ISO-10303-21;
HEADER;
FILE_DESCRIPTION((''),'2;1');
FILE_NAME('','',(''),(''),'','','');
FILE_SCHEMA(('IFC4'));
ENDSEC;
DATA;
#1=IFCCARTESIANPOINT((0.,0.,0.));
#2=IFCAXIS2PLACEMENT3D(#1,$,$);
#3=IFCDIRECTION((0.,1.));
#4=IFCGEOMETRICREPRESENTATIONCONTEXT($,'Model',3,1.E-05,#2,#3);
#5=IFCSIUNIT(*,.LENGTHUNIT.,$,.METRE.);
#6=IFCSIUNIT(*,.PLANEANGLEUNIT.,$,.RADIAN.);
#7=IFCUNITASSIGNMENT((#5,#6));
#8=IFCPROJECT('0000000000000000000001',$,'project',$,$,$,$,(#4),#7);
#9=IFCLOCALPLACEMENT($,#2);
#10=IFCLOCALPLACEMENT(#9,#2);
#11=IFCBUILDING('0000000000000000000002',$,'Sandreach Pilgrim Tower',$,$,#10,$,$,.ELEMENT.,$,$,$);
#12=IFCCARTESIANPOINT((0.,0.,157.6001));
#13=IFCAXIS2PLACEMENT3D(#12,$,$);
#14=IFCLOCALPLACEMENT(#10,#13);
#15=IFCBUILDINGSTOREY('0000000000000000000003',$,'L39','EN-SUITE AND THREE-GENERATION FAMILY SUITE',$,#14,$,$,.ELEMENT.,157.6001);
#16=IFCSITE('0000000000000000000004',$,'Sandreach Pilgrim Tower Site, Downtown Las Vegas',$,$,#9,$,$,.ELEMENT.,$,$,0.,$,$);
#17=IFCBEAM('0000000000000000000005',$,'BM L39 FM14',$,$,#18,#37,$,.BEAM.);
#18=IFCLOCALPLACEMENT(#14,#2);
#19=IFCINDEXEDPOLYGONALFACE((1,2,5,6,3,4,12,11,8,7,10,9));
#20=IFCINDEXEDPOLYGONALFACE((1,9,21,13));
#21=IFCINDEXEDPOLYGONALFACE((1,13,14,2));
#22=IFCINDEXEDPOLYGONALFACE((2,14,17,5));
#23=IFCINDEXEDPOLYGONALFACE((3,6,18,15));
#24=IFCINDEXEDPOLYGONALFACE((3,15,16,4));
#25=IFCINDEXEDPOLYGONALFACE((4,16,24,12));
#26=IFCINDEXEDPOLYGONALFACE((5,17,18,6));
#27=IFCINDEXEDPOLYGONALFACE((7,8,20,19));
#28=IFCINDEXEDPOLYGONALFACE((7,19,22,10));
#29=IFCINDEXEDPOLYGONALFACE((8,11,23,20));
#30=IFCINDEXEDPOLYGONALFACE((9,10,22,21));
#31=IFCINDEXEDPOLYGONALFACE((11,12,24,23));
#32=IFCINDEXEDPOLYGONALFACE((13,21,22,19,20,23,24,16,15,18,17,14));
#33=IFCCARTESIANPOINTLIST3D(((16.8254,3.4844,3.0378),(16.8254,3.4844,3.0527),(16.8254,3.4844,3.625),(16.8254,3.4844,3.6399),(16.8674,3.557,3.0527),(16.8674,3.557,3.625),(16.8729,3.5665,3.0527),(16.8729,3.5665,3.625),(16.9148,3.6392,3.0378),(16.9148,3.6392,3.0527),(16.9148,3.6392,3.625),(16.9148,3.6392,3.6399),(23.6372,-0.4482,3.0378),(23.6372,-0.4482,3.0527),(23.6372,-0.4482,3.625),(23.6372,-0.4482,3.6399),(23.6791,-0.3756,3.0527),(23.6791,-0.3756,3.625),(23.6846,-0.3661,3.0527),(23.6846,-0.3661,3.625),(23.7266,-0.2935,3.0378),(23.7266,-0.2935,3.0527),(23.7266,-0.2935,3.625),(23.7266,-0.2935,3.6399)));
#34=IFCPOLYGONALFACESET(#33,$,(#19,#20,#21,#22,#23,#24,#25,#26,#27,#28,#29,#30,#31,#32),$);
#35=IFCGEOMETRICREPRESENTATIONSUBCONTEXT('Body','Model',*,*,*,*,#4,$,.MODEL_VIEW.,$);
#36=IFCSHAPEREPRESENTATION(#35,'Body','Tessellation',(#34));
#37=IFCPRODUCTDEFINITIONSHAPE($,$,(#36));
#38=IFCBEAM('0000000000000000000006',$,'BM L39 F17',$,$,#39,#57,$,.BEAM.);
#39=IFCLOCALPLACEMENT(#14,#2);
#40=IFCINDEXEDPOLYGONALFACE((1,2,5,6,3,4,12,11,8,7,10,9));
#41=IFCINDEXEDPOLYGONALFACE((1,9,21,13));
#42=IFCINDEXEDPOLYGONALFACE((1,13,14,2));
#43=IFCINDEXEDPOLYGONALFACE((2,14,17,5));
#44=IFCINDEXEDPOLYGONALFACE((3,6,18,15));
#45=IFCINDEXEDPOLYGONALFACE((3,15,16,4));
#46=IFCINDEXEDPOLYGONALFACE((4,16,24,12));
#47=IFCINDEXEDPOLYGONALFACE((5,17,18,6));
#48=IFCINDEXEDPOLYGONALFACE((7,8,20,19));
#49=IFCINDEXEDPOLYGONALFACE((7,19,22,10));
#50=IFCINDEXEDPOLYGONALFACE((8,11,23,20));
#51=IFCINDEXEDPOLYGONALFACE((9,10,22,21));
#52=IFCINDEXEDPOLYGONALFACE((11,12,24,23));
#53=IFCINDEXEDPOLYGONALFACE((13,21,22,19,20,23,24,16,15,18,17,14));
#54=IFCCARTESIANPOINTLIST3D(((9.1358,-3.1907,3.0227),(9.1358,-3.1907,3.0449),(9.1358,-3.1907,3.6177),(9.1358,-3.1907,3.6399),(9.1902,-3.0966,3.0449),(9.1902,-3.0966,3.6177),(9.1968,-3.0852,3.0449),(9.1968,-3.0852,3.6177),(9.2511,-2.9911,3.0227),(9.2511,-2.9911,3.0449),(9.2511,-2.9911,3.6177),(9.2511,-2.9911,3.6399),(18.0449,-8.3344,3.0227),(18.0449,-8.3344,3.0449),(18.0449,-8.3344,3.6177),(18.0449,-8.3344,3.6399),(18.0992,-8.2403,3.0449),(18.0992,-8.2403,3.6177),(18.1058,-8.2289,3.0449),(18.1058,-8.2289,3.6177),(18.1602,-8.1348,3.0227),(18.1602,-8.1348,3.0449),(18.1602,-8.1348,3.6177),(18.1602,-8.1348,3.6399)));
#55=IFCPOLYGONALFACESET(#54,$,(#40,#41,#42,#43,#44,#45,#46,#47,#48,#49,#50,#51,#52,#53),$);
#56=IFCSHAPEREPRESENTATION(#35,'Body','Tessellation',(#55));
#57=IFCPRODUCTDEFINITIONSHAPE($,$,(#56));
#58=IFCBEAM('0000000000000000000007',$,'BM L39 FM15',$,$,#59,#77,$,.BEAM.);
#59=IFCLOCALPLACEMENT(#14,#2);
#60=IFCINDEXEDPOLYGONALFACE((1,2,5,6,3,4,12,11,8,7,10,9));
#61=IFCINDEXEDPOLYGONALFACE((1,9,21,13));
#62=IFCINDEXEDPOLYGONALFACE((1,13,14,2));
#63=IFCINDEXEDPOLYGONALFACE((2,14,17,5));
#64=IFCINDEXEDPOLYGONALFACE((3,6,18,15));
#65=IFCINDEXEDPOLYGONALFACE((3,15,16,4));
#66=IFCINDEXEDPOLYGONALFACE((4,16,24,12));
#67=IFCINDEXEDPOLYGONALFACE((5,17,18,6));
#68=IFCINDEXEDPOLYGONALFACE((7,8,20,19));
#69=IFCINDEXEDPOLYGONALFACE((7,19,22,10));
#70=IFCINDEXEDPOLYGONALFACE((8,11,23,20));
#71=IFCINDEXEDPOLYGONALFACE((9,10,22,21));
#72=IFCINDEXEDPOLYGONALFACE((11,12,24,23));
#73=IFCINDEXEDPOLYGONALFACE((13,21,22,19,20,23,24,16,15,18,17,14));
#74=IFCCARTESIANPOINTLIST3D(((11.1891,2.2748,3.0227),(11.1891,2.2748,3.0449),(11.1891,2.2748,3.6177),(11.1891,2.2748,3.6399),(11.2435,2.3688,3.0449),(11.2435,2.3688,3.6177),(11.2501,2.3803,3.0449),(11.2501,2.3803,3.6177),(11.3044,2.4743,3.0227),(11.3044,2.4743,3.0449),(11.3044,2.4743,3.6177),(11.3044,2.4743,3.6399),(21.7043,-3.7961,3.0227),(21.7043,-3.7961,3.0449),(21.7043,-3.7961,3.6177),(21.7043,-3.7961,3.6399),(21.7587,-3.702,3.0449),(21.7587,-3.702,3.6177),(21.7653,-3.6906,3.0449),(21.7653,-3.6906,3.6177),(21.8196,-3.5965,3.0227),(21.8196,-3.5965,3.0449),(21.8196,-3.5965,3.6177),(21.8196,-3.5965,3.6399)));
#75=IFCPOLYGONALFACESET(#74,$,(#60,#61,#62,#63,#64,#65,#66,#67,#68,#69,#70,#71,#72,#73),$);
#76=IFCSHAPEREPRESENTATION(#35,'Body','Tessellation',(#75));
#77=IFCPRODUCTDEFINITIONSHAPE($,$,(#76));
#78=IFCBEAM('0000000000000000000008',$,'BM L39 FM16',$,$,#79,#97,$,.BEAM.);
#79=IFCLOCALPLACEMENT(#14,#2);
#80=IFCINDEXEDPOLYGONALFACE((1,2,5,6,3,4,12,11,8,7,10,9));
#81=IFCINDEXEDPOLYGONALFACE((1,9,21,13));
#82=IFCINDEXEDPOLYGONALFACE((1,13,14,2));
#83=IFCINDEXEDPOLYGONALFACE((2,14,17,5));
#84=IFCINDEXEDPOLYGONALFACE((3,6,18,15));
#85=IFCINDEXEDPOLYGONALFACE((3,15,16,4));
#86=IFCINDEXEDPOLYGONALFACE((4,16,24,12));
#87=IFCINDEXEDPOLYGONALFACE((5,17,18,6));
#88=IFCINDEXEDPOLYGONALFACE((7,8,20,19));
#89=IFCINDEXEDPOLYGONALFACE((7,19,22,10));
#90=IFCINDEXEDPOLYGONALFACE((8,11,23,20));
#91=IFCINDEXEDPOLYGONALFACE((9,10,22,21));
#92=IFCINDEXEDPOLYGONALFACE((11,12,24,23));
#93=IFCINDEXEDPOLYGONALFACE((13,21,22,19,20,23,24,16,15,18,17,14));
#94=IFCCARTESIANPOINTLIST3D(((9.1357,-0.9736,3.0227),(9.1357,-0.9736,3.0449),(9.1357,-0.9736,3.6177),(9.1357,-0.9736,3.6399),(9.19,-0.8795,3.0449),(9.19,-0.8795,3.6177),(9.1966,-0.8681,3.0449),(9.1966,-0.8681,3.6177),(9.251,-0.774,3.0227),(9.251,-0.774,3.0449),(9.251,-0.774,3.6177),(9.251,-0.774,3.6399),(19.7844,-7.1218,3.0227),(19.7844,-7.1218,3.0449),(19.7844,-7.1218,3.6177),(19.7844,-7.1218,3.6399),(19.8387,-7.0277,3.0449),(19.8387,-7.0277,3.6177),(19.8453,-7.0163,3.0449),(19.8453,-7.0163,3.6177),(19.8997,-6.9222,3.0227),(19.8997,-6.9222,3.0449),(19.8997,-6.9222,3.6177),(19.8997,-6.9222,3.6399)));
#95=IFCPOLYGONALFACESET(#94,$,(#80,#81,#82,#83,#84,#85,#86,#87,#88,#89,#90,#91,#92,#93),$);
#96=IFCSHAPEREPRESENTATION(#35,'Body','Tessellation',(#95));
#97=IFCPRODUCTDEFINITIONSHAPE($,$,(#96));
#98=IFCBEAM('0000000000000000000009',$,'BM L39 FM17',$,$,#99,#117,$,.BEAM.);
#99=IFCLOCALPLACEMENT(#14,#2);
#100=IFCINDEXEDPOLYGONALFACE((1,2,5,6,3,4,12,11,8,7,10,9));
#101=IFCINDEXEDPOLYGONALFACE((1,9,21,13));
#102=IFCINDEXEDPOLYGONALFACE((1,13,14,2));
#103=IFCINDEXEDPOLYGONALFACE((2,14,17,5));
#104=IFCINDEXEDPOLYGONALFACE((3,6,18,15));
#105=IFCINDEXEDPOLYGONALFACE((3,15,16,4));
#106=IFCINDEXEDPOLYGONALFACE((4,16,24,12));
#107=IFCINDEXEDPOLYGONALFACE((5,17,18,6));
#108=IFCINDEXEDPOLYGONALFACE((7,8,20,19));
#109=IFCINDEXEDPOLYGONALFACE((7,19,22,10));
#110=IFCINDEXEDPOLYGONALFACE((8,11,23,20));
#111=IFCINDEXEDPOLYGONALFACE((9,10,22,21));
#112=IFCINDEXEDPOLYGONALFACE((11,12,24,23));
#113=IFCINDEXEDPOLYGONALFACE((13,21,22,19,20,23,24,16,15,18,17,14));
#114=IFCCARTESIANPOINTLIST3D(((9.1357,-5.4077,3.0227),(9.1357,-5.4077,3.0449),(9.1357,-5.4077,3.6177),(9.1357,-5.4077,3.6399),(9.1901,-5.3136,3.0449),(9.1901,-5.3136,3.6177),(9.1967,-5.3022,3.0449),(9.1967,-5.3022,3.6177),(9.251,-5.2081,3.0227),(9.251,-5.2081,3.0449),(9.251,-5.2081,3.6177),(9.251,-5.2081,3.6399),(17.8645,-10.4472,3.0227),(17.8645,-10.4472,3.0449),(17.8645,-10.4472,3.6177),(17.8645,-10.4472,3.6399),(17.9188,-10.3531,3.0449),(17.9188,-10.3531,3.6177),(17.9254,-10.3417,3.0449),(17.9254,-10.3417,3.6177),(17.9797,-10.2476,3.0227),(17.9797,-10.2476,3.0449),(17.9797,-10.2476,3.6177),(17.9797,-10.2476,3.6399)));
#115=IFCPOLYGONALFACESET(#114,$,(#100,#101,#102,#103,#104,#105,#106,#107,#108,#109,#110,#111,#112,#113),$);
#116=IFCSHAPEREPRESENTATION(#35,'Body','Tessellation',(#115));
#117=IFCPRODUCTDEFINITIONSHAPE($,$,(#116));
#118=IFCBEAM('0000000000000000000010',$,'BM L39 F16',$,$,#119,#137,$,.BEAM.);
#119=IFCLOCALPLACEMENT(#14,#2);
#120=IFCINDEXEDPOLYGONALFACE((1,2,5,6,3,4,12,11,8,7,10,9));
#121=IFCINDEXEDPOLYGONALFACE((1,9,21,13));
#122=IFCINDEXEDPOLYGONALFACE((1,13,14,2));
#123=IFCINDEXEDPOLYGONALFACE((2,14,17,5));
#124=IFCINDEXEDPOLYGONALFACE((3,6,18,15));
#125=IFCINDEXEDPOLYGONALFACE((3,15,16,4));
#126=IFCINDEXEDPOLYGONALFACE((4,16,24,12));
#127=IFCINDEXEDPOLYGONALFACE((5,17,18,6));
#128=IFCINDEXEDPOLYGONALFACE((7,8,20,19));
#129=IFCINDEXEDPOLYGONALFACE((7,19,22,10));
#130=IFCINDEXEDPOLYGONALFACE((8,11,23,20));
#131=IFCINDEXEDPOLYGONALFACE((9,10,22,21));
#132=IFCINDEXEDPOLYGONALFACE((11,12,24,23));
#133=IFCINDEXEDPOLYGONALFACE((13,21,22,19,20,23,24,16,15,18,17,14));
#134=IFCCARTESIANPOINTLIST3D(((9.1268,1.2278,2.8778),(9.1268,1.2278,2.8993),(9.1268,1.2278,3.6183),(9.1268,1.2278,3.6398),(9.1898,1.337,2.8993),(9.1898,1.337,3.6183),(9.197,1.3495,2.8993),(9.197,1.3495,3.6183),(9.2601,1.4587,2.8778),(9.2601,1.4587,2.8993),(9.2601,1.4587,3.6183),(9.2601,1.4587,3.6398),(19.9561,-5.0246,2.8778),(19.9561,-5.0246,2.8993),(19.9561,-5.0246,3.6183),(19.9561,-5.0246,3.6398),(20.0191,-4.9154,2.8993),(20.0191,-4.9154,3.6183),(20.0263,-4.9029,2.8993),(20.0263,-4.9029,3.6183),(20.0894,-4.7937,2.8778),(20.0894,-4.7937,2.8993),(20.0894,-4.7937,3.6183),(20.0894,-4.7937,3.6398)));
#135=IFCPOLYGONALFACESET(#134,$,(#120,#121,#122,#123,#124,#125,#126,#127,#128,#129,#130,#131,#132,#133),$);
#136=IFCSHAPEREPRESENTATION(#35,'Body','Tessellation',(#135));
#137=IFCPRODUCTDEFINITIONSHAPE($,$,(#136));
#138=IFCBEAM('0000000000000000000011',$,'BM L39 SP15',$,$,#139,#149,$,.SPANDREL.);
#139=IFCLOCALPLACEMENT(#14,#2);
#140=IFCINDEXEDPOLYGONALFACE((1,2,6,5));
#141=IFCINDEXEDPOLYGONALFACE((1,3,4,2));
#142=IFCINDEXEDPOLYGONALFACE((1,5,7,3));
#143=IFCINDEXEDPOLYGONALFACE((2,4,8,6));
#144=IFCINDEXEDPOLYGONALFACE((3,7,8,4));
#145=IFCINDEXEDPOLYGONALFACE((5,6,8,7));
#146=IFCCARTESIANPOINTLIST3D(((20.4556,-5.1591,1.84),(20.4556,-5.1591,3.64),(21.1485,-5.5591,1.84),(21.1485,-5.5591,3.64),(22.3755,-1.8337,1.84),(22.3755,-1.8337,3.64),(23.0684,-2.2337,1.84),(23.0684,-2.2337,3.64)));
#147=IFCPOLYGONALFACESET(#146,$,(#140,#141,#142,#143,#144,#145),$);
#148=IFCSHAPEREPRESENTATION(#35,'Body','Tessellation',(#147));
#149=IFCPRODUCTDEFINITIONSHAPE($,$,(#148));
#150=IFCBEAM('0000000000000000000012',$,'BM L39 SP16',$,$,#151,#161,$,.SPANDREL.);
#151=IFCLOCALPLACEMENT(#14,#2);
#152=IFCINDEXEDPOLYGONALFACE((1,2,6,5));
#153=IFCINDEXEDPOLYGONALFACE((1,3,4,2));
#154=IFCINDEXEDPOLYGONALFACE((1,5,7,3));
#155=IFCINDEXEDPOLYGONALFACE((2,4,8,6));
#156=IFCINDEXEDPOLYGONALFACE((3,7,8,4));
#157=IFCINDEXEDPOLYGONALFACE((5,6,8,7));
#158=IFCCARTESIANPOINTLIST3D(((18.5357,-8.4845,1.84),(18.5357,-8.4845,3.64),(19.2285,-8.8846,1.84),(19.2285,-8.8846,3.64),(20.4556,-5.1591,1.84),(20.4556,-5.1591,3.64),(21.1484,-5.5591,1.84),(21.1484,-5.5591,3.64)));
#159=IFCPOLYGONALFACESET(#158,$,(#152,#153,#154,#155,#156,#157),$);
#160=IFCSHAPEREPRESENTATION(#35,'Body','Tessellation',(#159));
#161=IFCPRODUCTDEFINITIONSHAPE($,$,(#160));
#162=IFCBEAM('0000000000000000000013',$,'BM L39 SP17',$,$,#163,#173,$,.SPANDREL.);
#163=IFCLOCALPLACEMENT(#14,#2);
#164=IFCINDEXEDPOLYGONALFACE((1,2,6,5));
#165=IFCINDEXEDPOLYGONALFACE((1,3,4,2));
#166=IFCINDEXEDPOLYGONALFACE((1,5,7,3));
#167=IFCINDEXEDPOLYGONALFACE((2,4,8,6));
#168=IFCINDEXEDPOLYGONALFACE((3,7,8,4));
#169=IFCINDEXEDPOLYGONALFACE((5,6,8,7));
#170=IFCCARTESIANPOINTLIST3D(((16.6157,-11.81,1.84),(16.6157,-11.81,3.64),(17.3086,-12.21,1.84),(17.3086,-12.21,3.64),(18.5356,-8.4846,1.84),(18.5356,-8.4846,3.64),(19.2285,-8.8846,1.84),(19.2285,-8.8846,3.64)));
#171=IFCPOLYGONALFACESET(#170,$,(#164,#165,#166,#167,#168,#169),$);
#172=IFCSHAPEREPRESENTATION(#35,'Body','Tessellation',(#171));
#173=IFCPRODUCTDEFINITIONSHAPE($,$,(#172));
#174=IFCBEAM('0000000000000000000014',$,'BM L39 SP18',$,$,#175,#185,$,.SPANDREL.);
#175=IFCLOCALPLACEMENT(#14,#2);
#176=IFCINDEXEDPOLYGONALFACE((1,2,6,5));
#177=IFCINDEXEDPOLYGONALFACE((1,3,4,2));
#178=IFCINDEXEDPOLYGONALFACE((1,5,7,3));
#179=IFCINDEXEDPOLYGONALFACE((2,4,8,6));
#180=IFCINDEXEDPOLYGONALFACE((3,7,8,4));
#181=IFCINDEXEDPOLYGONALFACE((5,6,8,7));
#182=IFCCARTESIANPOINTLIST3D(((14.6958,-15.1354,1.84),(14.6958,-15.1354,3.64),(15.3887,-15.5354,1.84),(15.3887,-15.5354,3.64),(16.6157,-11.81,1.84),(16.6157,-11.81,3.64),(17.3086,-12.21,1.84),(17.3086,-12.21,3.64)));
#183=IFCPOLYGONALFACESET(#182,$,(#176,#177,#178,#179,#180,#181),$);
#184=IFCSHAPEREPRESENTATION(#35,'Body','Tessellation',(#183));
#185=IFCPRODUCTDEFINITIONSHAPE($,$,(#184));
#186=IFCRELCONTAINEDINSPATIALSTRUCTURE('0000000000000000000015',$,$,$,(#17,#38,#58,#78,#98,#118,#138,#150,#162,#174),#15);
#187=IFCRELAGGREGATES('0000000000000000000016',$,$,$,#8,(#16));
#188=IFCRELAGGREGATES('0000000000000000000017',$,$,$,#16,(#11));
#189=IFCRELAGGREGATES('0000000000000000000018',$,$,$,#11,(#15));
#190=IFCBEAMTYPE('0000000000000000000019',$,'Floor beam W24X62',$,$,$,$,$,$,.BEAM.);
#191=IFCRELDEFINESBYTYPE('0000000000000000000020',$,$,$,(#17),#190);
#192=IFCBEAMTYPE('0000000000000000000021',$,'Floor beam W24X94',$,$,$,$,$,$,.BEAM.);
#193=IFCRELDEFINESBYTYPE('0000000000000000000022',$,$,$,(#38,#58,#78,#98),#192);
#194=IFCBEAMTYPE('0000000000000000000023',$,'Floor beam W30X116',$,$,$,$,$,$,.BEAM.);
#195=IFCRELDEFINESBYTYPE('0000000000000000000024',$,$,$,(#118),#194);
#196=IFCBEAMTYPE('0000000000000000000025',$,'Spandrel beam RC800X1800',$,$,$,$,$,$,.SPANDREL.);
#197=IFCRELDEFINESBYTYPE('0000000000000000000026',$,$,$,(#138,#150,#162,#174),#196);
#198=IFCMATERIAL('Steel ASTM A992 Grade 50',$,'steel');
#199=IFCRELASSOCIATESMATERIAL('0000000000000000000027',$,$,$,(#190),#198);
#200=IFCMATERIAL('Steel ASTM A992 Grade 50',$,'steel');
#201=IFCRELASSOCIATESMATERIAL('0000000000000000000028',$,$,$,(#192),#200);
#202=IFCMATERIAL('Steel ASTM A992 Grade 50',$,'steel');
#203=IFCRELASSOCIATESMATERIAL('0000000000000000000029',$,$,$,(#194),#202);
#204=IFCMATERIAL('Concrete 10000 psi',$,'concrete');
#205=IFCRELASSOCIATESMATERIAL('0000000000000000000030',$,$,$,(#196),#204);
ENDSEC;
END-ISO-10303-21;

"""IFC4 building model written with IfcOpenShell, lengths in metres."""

from ifc_helpers import new_model, si_unit, direction, frame, origin, origin_2d, place, context, subcontext, project, spatial, rectangle, i_section, extrude, material, material_profile, profile_set, type_object, element, save


model = new_model("IFC4")

# Units and contexts
model_context = context("Model", 3, precision=1e-05, world=origin(), true_north=direction((0.0, 1.0)))
body_context = subcontext(model_context, "Body", "Model", "MODEL_VIEW")
ifc_project = project(units=[si_unit("LENGTHUNIT", "METRE"), si_unit("PLANEANGLEUNIT", "RADIAN")], contexts=[model_context])

# Site, building, storey
site_placement = place(None, origin())
site = spatial("IfcSite", under=ifc_project, at=site_placement, Name="Sandreach Pilgrim Tower Site, Downtown Las Vegas", CompositionType="ELEMENT", RefElevation=0.0)
building_placement = place(site_placement, origin())
building = spatial("IfcBuilding", under=site, at=building_placement, Name="Sandreach Pilgrim Tower", CompositionType="ELEMENT")
storey_placement = place(building_placement, frame((0.0, 0.0, 157.6001)))
storey = spatial("IfcBuildingStorey", under=building, at=storey_placement, Name="L39", Description="EN-SUITE AND THREE-GENERATION FAMILY SUITE", CompositionType="ELEMENT", Elevation=157.6001)

# Beams
ifc_material_1 = material(Name="Steel ASTM A992 Grade 50", Category="steel")
ifc_material_profile_1 = material_profile(ifc_material_1, i_section(OverallWidth=0.1787, OverallDepth=0.6021, WebThickness=0.011, FlangeThickness=0.0149, at=origin_2d()), Name="W24X62")
ifc_profile_set_1 = profile_set([ifc_material_profile_1], Name="Steel ASTM A992 Grade 50")
beam_type_1 = type_object("IfcBeamType", Name="Floor beam W24X62", PredefinedType="BEAM", material=ifc_profile_set_1)
beam_1_placement = place(storey_placement, frame((23.6819, -0.3708, 3.3389), z_axis=(-0.866034, 0.499985, 0.0), x_axis=(-0.499985, -0.866034, 0.0)))
element("IfcBeam", 1, at=beam_1_placement, inside=storey, type_object=beam_type_1, Name="BM L39 FM14", PredefinedType="BEAM", context=body_context, shape_type="SweptSolid", body=[
    extrude(i_section(OverallWidth=0.1787, OverallDepth=0.6021, WebThickness=0.011, FlangeThickness=0.0149, at=origin_2d()), origin(), (0.0, 0.0, 1.0), 7.8655),
])
ifc_material_2 = material(Name="Steel ASTM A992 Grade 50", Category="steel")
ifc_material_profile_2 = material_profile(ifc_material_2, i_section(OverallWidth=0.2305, OverallDepth=0.6172, WebThickness=0.0132, FlangeThickness=0.0222, at=origin_2d()), Name="W24X94")
ifc_profile_set_2 = profile_set([ifc_material_profile_2], Name="Steel ASTM A992 Grade 50")
beam_type_2 = type_object("IfcBeamType", Name="Floor beam W24X94", PredefinedType="BEAM", material=ifc_profile_set_2)
beam_2_placement = place(storey_placement, frame((18.1025, -8.2346, 3.3313), z_axis=(-0.866022, 0.500006, 0.0), x_axis=(-0.500006, -0.866022, 0.0)))
element("IfcBeam", 2, at=beam_2_placement, inside=storey, type_object=beam_type_2, Name="BM L39 F17", PredefinedType="BEAM", context=body_context, shape_type="SweptSolid", body=[
    extrude(i_section(OverallWidth=0.2305, OverallDepth=0.6172, WebThickness=0.0132, FlangeThickness=0.0222, at=origin_2d()), origin(), (0.0, 0.0, 1.0), 10.2874),
])
beam_3_placement = place(storey_placement, frame((21.762, -3.6963, 3.3313), z_axis=(-0.86603, 0.499993, 0.0), x_axis=(-0.499993, -0.86603, 0.0)))
element("IfcBeam", 3, at=beam_3_placement, inside=storey, type_object=beam_type_2, Name="BM L39 FM15", PredefinedType="BEAM", context=body_context, shape_type="SweptSolid", body=[
    extrude(i_section(OverallWidth=0.2305, OverallDepth=0.6172, WebThickness=0.0132, FlangeThickness=0.0222, at=origin_2d()), origin(), (0.0, 0.0, 1.0), 12.1418),
])
beam_4_placement = place(storey_placement, frame((19.842, -7.022, 3.3313), z_axis=(-0.866019, 0.500011, 0.0), x_axis=(-0.500011, -0.866019, 0.0)))
element("IfcBeam", 4, at=beam_4_placement, inside=storey, type_object=beam_type_2, Name="BM L39 FM16", PredefinedType="BEAM", context=body_context, shape_type="SweptSolid", body=[
    extrude(i_section(OverallWidth=0.2305, OverallDepth=0.6172, WebThickness=0.0132, FlangeThickness=0.0222, at=origin_2d()), origin(), (0.0, 0.0, 1.0), 12.2961),
])
beam_5_placement = place(storey_placement, frame((17.9221, -10.3474, 3.3313), z_axis=(-0.866025, 0.5, 0.0), x_axis=(-0.5, -0.866025, 0.0)))
element("IfcBeam", 5, at=beam_5_placement, inside=storey, type_object=beam_type_2, Name="BM L39 FM17", PredefinedType="BEAM", context=body_context, shape_type="SweptSolid", body=[
    extrude(i_section(OverallWidth=0.2305, OverallDepth=0.6172, WebThickness=0.0132, FlangeThickness=0.0222, at=origin_2d()), origin(), (0.0, 0.0, 1.0), 10.0791),
])
ifc_material_3 = material(Name="Steel ASTM A992 Grade 50", Category="steel")
ifc_material_profile_3 = material_profile(ifc_material_3, i_section(OverallWidth=0.2666, OverallDepth=0.762, WebThickness=0.0144, FlangeThickness=0.0215, at=origin_2d()), Name="W30X116")
ifc_profile_set_3 = profile_set([ifc_material_profile_3], Name="Steel ASTM A992 Grade 50")
beam_type_3 = type_object("IfcBeamType", Name="Floor beam W30X116", PredefinedType="BEAM", material=ifc_profile_set_3)
beam_6_placement = place(storey_placement, frame((20.0227, -4.9092, 3.2588), z_axis=(-0.866021, 0.500007, 0.0), x_axis=(-0.500007, -0.866021, 0.0)))
element("IfcBeam", 6, at=beam_6_placement, inside=storey, type_object=beam_type_3, Name="BM L39 F16", PredefinedType="BEAM", context=body_context, shape_type="SweptSolid", body=[
    extrude(i_section(OverallWidth=0.2666, OverallDepth=0.762, WebThickness=0.0144, FlangeThickness=0.0215, at=origin_2d()), origin(), (0.0, 0.0, 1.0), 12.5046),
])
ifc_material_4 = material(Name="Concrete 10000 psi", Category="concrete")
ifc_material_profile_4 = material_profile(ifc_material_4, rectangle(XDim=0.8, YDim=1.8, at=origin_2d()), Name="RC800X1800")
ifc_profile_set_4 = profile_set([ifc_material_profile_4], Name="Concrete 10000 psi")
beam_type_4 = type_object("IfcBeamType", Name="Spandrel beam RC800X1800", PredefinedType="SPANDREL", material=ifc_profile_set_4)
for number, where, z_axis, x_axis, name in (
    (7, (22.7219, -2.0337, 2.74), (-0.499996, -0.866028, 0.0), (0.866028, -0.499996, 0.0), "BM L39 SP15"),
    (8, (20.802, -5.3591, 2.74), (-0.499996, -0.866028, 0.0), (0.866028, -0.499996, 0.0), "BM L39 SP16"),
    (9, (18.8821, -8.6846, 2.74), (-0.499996, -0.866028, 0.0), (0.866028, -0.499996, 0.0), "BM L39 SP17"),
    (10, (16.9622, -12.01, 2.74), (-0.499996, -0.866028, 0.0), (0.866028, -0.499996, 0.0), "BM L39 SP18"),
):
    element("IfcBeam", number, at=place(storey_placement, frame(where, z_axis=z_axis, x_axis=x_axis)), inside=storey, type_object=beam_type_4, Name=name, PredefinedType="SPANDREL", context=body_context, shape_type="SweptSolid", body=[
        extrude(rectangle(XDim=0.8, YDim=1.8, at=origin_2d()), origin(), (0.0, 0.0, 1.0), 3.8398),
    ])

save(model, "model.ifc")
